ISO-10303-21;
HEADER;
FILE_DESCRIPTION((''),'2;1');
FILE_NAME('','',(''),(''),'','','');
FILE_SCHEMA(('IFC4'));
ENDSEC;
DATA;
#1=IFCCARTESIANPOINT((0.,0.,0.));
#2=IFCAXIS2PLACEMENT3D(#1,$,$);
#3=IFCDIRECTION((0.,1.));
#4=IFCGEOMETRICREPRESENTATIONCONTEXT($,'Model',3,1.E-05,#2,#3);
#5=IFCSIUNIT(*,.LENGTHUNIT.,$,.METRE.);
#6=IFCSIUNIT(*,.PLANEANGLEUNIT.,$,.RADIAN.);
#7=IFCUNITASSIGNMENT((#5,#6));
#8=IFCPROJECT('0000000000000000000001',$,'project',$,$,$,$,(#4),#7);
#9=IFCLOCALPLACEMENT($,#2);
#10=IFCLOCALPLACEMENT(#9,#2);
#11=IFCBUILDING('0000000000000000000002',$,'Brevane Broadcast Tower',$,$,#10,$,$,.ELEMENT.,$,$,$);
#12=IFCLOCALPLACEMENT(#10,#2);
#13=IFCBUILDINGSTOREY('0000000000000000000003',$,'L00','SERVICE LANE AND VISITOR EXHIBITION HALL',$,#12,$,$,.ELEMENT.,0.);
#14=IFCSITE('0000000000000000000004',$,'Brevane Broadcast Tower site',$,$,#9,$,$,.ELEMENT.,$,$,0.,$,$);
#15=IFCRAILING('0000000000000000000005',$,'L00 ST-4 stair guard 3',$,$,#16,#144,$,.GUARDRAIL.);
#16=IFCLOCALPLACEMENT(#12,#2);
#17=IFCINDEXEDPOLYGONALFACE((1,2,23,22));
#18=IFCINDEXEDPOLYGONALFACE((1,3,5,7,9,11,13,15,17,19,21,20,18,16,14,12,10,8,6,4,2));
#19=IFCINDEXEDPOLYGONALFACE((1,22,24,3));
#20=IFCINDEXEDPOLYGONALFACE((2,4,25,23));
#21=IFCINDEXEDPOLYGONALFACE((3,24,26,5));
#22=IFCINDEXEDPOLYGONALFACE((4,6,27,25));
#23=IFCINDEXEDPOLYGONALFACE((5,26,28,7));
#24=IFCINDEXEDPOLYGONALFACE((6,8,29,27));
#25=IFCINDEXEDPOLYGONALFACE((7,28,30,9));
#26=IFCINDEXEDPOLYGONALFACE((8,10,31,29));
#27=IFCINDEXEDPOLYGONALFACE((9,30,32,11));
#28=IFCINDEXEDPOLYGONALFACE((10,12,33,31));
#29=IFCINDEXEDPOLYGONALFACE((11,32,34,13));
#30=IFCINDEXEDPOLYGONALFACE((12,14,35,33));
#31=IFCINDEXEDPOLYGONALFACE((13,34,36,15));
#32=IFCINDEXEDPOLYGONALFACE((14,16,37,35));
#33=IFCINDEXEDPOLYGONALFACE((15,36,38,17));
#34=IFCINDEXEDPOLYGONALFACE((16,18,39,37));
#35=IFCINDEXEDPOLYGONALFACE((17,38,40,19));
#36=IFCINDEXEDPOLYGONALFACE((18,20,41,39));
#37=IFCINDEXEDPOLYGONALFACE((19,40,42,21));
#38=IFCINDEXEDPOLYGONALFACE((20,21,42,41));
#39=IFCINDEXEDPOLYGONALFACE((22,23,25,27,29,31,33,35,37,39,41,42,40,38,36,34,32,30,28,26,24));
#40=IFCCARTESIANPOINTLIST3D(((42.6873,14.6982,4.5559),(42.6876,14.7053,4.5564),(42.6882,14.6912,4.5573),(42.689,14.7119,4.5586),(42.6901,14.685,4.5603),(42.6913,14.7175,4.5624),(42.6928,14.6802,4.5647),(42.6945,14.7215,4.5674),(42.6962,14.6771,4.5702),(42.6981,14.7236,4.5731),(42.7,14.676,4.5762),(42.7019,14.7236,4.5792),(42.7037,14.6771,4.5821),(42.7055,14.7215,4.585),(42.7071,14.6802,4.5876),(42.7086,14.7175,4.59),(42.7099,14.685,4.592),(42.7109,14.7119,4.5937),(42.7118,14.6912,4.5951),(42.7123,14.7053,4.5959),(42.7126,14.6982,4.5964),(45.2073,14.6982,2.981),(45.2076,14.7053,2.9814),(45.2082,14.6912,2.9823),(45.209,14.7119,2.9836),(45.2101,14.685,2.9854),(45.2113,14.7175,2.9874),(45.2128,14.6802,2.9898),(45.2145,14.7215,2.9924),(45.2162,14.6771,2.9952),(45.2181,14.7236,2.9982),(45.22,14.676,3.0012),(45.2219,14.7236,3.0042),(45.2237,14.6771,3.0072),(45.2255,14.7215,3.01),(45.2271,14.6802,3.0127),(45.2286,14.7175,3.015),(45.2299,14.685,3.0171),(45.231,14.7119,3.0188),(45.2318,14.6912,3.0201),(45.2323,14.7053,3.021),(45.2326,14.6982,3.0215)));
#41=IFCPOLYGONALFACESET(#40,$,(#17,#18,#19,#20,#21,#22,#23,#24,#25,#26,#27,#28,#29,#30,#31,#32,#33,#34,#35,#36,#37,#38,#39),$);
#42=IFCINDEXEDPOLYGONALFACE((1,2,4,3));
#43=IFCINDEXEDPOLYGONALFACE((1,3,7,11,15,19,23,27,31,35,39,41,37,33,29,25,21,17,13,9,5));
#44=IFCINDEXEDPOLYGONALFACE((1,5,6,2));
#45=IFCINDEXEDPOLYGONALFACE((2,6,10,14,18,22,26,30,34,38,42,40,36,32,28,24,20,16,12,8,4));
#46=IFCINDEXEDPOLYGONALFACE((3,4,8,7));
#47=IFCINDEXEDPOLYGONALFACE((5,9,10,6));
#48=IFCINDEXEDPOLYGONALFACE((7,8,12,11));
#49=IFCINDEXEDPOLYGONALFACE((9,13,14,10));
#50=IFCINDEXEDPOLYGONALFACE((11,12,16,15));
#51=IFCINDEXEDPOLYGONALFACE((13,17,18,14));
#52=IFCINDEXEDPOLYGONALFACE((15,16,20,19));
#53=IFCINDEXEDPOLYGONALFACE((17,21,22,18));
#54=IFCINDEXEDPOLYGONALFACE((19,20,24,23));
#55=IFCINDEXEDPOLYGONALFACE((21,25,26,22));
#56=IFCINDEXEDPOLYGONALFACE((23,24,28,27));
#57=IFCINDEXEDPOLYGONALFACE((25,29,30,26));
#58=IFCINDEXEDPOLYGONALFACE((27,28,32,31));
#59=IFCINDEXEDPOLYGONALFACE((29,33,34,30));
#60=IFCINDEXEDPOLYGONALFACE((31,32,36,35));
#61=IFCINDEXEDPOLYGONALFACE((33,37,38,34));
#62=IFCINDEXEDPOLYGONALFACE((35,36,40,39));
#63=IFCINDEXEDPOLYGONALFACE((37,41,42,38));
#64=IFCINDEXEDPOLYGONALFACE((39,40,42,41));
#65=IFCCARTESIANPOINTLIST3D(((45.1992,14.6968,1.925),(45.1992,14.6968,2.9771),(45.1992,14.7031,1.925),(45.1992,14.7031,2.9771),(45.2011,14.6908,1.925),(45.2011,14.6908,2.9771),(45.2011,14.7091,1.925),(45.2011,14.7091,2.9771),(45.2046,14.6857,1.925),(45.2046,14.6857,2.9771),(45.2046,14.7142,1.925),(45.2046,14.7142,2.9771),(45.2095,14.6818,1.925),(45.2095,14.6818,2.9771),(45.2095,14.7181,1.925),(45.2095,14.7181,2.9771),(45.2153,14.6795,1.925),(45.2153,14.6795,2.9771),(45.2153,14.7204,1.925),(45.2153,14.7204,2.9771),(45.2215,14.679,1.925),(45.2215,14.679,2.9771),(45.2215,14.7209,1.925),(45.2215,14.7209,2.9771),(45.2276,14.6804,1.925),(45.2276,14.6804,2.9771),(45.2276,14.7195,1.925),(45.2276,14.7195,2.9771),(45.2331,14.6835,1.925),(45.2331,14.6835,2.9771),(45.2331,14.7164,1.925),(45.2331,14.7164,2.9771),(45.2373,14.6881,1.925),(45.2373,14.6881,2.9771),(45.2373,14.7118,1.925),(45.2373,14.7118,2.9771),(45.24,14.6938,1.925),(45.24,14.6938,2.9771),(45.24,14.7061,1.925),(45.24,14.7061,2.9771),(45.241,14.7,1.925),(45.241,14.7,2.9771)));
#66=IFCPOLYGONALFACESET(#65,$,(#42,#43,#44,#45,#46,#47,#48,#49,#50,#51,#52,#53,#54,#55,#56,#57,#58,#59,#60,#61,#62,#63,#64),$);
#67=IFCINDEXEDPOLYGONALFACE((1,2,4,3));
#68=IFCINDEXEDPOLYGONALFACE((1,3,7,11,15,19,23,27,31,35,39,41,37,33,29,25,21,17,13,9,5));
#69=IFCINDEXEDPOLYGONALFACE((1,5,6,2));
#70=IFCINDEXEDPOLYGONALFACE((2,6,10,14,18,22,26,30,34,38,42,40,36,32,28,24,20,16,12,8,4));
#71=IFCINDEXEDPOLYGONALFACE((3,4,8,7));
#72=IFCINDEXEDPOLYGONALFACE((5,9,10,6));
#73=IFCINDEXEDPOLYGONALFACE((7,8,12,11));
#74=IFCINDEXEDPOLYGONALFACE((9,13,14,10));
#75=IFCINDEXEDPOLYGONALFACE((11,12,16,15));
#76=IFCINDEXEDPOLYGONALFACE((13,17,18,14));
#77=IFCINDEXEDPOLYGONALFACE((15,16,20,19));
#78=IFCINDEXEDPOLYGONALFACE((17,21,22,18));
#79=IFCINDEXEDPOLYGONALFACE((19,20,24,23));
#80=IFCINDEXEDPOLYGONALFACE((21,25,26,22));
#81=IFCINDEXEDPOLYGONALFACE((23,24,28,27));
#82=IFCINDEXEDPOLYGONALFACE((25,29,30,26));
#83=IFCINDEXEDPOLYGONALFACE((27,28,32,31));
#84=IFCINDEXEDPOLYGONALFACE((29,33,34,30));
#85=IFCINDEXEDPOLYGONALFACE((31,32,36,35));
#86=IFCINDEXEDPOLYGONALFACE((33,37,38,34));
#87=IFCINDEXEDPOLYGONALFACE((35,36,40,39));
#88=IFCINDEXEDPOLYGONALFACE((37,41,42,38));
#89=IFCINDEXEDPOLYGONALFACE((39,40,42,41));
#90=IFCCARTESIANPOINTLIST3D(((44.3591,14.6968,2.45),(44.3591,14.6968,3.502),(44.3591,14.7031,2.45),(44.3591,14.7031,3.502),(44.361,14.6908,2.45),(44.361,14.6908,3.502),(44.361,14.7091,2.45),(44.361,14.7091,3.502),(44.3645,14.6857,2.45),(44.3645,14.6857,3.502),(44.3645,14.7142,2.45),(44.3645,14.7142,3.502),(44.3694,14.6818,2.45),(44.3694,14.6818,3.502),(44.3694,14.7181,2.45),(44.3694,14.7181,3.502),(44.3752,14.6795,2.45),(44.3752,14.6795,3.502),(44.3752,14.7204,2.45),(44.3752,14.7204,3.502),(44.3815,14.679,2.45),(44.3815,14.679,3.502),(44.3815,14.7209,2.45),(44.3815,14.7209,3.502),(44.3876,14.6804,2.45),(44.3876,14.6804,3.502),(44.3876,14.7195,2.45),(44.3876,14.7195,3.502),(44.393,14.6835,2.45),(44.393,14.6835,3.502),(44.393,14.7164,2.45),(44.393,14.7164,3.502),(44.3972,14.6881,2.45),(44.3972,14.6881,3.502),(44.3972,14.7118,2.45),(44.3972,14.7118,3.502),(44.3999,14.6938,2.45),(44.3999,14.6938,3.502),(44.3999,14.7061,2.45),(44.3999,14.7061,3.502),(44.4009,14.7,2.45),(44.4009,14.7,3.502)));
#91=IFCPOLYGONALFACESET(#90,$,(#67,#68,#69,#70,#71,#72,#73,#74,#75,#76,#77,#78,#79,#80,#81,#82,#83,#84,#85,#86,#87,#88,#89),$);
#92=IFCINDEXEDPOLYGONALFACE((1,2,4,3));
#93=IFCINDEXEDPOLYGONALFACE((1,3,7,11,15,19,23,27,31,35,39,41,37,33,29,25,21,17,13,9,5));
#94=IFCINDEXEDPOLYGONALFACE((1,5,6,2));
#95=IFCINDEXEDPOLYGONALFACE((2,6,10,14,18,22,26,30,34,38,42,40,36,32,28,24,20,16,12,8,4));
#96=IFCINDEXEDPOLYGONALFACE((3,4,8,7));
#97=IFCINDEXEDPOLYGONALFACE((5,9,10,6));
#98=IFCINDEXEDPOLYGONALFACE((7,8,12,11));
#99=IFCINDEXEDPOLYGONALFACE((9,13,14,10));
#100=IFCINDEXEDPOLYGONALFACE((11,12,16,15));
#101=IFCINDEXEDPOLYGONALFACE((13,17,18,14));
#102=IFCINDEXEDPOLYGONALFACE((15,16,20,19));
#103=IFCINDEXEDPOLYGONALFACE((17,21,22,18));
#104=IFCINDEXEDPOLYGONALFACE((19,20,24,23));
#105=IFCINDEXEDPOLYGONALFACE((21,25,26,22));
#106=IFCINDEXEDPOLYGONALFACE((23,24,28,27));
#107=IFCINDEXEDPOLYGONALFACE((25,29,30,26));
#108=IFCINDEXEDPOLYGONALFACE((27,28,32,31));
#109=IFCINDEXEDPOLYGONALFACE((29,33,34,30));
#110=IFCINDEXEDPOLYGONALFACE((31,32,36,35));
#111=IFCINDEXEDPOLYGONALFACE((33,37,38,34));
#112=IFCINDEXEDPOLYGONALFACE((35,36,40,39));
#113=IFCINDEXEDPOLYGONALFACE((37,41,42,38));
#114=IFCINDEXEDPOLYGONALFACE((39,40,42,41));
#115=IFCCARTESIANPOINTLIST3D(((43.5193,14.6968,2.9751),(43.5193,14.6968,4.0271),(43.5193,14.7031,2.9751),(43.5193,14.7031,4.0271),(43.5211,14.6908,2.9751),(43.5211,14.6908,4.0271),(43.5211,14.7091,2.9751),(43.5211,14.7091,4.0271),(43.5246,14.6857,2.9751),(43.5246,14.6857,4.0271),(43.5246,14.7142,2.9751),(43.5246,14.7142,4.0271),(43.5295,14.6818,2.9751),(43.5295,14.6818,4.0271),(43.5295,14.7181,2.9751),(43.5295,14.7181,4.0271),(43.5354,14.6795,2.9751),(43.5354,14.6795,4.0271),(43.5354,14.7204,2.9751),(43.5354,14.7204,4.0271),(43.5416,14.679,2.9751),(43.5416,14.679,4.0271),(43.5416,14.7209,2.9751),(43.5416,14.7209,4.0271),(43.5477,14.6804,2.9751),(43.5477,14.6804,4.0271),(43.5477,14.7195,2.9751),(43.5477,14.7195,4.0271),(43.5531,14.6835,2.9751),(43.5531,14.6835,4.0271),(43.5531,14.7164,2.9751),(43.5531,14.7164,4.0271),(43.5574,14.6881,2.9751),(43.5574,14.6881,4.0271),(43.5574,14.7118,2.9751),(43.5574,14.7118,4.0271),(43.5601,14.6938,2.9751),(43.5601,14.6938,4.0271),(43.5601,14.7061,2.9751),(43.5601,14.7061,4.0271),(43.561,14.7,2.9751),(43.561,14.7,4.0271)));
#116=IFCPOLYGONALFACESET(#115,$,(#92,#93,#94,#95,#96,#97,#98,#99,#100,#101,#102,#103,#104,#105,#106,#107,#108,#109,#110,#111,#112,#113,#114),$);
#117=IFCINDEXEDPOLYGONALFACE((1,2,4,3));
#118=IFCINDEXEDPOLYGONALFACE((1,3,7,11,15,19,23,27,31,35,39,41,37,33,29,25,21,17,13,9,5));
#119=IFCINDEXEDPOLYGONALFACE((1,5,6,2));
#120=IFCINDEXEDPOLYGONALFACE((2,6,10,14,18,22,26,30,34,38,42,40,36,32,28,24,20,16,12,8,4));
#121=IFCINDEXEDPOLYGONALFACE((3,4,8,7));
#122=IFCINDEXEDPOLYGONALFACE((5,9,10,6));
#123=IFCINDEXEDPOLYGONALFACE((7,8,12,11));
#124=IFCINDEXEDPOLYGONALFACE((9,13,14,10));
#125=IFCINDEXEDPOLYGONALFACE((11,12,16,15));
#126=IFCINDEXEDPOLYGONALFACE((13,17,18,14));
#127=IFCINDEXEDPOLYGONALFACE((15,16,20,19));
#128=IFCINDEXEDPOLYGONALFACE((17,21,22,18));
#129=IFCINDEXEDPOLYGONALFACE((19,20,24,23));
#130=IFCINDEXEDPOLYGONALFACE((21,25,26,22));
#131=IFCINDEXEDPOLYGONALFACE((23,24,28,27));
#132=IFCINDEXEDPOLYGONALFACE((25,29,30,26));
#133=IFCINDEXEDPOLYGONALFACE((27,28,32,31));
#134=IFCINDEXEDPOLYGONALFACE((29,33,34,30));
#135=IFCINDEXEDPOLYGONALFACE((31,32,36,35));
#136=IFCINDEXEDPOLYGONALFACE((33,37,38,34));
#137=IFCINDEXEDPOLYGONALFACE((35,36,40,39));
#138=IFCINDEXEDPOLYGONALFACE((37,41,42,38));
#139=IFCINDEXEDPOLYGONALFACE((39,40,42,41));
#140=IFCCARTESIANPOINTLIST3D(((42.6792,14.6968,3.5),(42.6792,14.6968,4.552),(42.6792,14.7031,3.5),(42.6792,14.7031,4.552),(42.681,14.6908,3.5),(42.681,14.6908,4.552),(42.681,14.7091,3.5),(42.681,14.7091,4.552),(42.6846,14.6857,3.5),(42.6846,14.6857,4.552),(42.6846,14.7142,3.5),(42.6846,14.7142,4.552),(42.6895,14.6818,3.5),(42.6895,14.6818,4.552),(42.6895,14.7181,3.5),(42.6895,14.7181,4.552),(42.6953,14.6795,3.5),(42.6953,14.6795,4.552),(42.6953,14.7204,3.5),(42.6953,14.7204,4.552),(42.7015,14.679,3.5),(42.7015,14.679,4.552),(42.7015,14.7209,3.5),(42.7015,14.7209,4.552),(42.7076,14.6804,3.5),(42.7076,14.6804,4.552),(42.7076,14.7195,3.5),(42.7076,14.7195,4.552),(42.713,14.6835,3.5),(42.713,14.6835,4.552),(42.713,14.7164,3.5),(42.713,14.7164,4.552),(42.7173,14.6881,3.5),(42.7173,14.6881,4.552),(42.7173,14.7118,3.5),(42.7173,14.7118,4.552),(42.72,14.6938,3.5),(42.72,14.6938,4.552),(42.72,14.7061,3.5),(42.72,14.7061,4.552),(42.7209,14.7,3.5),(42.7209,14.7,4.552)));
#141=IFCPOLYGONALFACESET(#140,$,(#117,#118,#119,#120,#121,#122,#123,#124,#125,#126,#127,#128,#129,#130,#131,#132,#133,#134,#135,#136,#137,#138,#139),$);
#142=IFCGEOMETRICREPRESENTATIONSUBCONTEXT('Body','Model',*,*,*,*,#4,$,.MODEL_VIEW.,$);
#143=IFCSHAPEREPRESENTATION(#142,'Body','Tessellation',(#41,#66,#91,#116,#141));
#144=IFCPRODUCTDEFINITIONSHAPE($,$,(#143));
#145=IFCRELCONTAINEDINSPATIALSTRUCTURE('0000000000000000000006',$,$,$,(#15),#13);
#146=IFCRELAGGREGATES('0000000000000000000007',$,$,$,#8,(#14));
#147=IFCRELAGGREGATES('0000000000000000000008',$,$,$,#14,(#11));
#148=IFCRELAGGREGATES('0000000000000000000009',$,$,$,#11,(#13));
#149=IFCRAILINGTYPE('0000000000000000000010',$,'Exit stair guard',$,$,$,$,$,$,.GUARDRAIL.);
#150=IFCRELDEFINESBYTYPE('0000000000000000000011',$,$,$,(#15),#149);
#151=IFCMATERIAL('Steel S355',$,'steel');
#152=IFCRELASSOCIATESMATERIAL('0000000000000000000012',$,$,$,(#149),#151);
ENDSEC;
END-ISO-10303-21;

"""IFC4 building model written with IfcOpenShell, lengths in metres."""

from ifc_helpers import new_model, si_unit, direction, frame, origin, origin_2d, place, context, subcontext, project, spatial, circle, extrude, material, type_object, element, save


model = new_model("IFC4")

# Units and contexts
model_context = context("Model", 3, precision=1e-05, world=origin(), true_north=direction((0.0, 1.0)))
body_context = subcontext(model_context, "Body", "Model", "MODEL_VIEW")
ifc_project = project(units=[si_unit("LENGTHUNIT", "METRE"), si_unit("PLANEANGLEUNIT", "RADIAN")], contexts=[model_context])

# Site, building, storey
site_placement = place(None, origin())
site = spatial("IfcSite", under=ifc_project, at=site_placement, Name="Brevane Broadcast Tower site", CompositionType="ELEMENT", RefElevation=0.0)
building_placement = place(site_placement, origin())
building = spatial("IfcBuilding", under=site, at=building_placement, Name="Brevane Broadcast Tower", CompositionType="ELEMENT")
storey_placement = place(building_placement, origin())
storey = spatial("IfcBuildingStorey", under=building, at=storey_placement, Name="L00", Description="SERVICE LANE AND VISITOR EXHIBITION HALL", CompositionType="ELEMENT", Elevation=0.0)

# Railing
ifc_material_1 = material(Name="Steel S355", Category="steel")
railing_type_1 = type_object("IfcRailingType", Name="Exit stair guard", PredefinedType="GUARDRAIL", material=ifc_material_1)
railing_1_placement = place(storey_placement, frame((45.22, 14.7, 1.925)))
element("IfcRailing", 1, at=railing_1_placement, inside=storey, type_object=railing_type_1, Name="L00 ST-4 stair guard 3", PredefinedType="GUARDRAIL", context=body_context, shape_type="SweptSolid", body=[
    extrude(circle(Radius=0.0239, at=origin_2d()), frame((0.0, 0.0, 1.0762), z_axis=(-0.848008, 0.0, 0.529984), x_axis=(0.0, -1.0, 0.0)), (0.0, 0.0, 1.0), 2.9717),
    extrude(circle(Radius=0.021, at=origin_2d()), origin(), (0.0, 0.0, 1.0), 1.052),
    extrude(circle(Radius=0.021, at=origin_2d()), frame((-0.8401, 0.0, 0.5249)), (0.0, 0.0, 1.0), 1.052),
    extrude(circle(Radius=0.021, at=origin_2d()), frame((-1.6799, 0.0, 1.05)), (0.0, 0.0, 1.0), 1.052),
    extrude(circle(Radius=0.021, at=origin_2d()), frame((-2.52, 0.0, 1.575)), (0.0, 0.0, 1.0), 1.052),
])

save(model, "model.ifc")
